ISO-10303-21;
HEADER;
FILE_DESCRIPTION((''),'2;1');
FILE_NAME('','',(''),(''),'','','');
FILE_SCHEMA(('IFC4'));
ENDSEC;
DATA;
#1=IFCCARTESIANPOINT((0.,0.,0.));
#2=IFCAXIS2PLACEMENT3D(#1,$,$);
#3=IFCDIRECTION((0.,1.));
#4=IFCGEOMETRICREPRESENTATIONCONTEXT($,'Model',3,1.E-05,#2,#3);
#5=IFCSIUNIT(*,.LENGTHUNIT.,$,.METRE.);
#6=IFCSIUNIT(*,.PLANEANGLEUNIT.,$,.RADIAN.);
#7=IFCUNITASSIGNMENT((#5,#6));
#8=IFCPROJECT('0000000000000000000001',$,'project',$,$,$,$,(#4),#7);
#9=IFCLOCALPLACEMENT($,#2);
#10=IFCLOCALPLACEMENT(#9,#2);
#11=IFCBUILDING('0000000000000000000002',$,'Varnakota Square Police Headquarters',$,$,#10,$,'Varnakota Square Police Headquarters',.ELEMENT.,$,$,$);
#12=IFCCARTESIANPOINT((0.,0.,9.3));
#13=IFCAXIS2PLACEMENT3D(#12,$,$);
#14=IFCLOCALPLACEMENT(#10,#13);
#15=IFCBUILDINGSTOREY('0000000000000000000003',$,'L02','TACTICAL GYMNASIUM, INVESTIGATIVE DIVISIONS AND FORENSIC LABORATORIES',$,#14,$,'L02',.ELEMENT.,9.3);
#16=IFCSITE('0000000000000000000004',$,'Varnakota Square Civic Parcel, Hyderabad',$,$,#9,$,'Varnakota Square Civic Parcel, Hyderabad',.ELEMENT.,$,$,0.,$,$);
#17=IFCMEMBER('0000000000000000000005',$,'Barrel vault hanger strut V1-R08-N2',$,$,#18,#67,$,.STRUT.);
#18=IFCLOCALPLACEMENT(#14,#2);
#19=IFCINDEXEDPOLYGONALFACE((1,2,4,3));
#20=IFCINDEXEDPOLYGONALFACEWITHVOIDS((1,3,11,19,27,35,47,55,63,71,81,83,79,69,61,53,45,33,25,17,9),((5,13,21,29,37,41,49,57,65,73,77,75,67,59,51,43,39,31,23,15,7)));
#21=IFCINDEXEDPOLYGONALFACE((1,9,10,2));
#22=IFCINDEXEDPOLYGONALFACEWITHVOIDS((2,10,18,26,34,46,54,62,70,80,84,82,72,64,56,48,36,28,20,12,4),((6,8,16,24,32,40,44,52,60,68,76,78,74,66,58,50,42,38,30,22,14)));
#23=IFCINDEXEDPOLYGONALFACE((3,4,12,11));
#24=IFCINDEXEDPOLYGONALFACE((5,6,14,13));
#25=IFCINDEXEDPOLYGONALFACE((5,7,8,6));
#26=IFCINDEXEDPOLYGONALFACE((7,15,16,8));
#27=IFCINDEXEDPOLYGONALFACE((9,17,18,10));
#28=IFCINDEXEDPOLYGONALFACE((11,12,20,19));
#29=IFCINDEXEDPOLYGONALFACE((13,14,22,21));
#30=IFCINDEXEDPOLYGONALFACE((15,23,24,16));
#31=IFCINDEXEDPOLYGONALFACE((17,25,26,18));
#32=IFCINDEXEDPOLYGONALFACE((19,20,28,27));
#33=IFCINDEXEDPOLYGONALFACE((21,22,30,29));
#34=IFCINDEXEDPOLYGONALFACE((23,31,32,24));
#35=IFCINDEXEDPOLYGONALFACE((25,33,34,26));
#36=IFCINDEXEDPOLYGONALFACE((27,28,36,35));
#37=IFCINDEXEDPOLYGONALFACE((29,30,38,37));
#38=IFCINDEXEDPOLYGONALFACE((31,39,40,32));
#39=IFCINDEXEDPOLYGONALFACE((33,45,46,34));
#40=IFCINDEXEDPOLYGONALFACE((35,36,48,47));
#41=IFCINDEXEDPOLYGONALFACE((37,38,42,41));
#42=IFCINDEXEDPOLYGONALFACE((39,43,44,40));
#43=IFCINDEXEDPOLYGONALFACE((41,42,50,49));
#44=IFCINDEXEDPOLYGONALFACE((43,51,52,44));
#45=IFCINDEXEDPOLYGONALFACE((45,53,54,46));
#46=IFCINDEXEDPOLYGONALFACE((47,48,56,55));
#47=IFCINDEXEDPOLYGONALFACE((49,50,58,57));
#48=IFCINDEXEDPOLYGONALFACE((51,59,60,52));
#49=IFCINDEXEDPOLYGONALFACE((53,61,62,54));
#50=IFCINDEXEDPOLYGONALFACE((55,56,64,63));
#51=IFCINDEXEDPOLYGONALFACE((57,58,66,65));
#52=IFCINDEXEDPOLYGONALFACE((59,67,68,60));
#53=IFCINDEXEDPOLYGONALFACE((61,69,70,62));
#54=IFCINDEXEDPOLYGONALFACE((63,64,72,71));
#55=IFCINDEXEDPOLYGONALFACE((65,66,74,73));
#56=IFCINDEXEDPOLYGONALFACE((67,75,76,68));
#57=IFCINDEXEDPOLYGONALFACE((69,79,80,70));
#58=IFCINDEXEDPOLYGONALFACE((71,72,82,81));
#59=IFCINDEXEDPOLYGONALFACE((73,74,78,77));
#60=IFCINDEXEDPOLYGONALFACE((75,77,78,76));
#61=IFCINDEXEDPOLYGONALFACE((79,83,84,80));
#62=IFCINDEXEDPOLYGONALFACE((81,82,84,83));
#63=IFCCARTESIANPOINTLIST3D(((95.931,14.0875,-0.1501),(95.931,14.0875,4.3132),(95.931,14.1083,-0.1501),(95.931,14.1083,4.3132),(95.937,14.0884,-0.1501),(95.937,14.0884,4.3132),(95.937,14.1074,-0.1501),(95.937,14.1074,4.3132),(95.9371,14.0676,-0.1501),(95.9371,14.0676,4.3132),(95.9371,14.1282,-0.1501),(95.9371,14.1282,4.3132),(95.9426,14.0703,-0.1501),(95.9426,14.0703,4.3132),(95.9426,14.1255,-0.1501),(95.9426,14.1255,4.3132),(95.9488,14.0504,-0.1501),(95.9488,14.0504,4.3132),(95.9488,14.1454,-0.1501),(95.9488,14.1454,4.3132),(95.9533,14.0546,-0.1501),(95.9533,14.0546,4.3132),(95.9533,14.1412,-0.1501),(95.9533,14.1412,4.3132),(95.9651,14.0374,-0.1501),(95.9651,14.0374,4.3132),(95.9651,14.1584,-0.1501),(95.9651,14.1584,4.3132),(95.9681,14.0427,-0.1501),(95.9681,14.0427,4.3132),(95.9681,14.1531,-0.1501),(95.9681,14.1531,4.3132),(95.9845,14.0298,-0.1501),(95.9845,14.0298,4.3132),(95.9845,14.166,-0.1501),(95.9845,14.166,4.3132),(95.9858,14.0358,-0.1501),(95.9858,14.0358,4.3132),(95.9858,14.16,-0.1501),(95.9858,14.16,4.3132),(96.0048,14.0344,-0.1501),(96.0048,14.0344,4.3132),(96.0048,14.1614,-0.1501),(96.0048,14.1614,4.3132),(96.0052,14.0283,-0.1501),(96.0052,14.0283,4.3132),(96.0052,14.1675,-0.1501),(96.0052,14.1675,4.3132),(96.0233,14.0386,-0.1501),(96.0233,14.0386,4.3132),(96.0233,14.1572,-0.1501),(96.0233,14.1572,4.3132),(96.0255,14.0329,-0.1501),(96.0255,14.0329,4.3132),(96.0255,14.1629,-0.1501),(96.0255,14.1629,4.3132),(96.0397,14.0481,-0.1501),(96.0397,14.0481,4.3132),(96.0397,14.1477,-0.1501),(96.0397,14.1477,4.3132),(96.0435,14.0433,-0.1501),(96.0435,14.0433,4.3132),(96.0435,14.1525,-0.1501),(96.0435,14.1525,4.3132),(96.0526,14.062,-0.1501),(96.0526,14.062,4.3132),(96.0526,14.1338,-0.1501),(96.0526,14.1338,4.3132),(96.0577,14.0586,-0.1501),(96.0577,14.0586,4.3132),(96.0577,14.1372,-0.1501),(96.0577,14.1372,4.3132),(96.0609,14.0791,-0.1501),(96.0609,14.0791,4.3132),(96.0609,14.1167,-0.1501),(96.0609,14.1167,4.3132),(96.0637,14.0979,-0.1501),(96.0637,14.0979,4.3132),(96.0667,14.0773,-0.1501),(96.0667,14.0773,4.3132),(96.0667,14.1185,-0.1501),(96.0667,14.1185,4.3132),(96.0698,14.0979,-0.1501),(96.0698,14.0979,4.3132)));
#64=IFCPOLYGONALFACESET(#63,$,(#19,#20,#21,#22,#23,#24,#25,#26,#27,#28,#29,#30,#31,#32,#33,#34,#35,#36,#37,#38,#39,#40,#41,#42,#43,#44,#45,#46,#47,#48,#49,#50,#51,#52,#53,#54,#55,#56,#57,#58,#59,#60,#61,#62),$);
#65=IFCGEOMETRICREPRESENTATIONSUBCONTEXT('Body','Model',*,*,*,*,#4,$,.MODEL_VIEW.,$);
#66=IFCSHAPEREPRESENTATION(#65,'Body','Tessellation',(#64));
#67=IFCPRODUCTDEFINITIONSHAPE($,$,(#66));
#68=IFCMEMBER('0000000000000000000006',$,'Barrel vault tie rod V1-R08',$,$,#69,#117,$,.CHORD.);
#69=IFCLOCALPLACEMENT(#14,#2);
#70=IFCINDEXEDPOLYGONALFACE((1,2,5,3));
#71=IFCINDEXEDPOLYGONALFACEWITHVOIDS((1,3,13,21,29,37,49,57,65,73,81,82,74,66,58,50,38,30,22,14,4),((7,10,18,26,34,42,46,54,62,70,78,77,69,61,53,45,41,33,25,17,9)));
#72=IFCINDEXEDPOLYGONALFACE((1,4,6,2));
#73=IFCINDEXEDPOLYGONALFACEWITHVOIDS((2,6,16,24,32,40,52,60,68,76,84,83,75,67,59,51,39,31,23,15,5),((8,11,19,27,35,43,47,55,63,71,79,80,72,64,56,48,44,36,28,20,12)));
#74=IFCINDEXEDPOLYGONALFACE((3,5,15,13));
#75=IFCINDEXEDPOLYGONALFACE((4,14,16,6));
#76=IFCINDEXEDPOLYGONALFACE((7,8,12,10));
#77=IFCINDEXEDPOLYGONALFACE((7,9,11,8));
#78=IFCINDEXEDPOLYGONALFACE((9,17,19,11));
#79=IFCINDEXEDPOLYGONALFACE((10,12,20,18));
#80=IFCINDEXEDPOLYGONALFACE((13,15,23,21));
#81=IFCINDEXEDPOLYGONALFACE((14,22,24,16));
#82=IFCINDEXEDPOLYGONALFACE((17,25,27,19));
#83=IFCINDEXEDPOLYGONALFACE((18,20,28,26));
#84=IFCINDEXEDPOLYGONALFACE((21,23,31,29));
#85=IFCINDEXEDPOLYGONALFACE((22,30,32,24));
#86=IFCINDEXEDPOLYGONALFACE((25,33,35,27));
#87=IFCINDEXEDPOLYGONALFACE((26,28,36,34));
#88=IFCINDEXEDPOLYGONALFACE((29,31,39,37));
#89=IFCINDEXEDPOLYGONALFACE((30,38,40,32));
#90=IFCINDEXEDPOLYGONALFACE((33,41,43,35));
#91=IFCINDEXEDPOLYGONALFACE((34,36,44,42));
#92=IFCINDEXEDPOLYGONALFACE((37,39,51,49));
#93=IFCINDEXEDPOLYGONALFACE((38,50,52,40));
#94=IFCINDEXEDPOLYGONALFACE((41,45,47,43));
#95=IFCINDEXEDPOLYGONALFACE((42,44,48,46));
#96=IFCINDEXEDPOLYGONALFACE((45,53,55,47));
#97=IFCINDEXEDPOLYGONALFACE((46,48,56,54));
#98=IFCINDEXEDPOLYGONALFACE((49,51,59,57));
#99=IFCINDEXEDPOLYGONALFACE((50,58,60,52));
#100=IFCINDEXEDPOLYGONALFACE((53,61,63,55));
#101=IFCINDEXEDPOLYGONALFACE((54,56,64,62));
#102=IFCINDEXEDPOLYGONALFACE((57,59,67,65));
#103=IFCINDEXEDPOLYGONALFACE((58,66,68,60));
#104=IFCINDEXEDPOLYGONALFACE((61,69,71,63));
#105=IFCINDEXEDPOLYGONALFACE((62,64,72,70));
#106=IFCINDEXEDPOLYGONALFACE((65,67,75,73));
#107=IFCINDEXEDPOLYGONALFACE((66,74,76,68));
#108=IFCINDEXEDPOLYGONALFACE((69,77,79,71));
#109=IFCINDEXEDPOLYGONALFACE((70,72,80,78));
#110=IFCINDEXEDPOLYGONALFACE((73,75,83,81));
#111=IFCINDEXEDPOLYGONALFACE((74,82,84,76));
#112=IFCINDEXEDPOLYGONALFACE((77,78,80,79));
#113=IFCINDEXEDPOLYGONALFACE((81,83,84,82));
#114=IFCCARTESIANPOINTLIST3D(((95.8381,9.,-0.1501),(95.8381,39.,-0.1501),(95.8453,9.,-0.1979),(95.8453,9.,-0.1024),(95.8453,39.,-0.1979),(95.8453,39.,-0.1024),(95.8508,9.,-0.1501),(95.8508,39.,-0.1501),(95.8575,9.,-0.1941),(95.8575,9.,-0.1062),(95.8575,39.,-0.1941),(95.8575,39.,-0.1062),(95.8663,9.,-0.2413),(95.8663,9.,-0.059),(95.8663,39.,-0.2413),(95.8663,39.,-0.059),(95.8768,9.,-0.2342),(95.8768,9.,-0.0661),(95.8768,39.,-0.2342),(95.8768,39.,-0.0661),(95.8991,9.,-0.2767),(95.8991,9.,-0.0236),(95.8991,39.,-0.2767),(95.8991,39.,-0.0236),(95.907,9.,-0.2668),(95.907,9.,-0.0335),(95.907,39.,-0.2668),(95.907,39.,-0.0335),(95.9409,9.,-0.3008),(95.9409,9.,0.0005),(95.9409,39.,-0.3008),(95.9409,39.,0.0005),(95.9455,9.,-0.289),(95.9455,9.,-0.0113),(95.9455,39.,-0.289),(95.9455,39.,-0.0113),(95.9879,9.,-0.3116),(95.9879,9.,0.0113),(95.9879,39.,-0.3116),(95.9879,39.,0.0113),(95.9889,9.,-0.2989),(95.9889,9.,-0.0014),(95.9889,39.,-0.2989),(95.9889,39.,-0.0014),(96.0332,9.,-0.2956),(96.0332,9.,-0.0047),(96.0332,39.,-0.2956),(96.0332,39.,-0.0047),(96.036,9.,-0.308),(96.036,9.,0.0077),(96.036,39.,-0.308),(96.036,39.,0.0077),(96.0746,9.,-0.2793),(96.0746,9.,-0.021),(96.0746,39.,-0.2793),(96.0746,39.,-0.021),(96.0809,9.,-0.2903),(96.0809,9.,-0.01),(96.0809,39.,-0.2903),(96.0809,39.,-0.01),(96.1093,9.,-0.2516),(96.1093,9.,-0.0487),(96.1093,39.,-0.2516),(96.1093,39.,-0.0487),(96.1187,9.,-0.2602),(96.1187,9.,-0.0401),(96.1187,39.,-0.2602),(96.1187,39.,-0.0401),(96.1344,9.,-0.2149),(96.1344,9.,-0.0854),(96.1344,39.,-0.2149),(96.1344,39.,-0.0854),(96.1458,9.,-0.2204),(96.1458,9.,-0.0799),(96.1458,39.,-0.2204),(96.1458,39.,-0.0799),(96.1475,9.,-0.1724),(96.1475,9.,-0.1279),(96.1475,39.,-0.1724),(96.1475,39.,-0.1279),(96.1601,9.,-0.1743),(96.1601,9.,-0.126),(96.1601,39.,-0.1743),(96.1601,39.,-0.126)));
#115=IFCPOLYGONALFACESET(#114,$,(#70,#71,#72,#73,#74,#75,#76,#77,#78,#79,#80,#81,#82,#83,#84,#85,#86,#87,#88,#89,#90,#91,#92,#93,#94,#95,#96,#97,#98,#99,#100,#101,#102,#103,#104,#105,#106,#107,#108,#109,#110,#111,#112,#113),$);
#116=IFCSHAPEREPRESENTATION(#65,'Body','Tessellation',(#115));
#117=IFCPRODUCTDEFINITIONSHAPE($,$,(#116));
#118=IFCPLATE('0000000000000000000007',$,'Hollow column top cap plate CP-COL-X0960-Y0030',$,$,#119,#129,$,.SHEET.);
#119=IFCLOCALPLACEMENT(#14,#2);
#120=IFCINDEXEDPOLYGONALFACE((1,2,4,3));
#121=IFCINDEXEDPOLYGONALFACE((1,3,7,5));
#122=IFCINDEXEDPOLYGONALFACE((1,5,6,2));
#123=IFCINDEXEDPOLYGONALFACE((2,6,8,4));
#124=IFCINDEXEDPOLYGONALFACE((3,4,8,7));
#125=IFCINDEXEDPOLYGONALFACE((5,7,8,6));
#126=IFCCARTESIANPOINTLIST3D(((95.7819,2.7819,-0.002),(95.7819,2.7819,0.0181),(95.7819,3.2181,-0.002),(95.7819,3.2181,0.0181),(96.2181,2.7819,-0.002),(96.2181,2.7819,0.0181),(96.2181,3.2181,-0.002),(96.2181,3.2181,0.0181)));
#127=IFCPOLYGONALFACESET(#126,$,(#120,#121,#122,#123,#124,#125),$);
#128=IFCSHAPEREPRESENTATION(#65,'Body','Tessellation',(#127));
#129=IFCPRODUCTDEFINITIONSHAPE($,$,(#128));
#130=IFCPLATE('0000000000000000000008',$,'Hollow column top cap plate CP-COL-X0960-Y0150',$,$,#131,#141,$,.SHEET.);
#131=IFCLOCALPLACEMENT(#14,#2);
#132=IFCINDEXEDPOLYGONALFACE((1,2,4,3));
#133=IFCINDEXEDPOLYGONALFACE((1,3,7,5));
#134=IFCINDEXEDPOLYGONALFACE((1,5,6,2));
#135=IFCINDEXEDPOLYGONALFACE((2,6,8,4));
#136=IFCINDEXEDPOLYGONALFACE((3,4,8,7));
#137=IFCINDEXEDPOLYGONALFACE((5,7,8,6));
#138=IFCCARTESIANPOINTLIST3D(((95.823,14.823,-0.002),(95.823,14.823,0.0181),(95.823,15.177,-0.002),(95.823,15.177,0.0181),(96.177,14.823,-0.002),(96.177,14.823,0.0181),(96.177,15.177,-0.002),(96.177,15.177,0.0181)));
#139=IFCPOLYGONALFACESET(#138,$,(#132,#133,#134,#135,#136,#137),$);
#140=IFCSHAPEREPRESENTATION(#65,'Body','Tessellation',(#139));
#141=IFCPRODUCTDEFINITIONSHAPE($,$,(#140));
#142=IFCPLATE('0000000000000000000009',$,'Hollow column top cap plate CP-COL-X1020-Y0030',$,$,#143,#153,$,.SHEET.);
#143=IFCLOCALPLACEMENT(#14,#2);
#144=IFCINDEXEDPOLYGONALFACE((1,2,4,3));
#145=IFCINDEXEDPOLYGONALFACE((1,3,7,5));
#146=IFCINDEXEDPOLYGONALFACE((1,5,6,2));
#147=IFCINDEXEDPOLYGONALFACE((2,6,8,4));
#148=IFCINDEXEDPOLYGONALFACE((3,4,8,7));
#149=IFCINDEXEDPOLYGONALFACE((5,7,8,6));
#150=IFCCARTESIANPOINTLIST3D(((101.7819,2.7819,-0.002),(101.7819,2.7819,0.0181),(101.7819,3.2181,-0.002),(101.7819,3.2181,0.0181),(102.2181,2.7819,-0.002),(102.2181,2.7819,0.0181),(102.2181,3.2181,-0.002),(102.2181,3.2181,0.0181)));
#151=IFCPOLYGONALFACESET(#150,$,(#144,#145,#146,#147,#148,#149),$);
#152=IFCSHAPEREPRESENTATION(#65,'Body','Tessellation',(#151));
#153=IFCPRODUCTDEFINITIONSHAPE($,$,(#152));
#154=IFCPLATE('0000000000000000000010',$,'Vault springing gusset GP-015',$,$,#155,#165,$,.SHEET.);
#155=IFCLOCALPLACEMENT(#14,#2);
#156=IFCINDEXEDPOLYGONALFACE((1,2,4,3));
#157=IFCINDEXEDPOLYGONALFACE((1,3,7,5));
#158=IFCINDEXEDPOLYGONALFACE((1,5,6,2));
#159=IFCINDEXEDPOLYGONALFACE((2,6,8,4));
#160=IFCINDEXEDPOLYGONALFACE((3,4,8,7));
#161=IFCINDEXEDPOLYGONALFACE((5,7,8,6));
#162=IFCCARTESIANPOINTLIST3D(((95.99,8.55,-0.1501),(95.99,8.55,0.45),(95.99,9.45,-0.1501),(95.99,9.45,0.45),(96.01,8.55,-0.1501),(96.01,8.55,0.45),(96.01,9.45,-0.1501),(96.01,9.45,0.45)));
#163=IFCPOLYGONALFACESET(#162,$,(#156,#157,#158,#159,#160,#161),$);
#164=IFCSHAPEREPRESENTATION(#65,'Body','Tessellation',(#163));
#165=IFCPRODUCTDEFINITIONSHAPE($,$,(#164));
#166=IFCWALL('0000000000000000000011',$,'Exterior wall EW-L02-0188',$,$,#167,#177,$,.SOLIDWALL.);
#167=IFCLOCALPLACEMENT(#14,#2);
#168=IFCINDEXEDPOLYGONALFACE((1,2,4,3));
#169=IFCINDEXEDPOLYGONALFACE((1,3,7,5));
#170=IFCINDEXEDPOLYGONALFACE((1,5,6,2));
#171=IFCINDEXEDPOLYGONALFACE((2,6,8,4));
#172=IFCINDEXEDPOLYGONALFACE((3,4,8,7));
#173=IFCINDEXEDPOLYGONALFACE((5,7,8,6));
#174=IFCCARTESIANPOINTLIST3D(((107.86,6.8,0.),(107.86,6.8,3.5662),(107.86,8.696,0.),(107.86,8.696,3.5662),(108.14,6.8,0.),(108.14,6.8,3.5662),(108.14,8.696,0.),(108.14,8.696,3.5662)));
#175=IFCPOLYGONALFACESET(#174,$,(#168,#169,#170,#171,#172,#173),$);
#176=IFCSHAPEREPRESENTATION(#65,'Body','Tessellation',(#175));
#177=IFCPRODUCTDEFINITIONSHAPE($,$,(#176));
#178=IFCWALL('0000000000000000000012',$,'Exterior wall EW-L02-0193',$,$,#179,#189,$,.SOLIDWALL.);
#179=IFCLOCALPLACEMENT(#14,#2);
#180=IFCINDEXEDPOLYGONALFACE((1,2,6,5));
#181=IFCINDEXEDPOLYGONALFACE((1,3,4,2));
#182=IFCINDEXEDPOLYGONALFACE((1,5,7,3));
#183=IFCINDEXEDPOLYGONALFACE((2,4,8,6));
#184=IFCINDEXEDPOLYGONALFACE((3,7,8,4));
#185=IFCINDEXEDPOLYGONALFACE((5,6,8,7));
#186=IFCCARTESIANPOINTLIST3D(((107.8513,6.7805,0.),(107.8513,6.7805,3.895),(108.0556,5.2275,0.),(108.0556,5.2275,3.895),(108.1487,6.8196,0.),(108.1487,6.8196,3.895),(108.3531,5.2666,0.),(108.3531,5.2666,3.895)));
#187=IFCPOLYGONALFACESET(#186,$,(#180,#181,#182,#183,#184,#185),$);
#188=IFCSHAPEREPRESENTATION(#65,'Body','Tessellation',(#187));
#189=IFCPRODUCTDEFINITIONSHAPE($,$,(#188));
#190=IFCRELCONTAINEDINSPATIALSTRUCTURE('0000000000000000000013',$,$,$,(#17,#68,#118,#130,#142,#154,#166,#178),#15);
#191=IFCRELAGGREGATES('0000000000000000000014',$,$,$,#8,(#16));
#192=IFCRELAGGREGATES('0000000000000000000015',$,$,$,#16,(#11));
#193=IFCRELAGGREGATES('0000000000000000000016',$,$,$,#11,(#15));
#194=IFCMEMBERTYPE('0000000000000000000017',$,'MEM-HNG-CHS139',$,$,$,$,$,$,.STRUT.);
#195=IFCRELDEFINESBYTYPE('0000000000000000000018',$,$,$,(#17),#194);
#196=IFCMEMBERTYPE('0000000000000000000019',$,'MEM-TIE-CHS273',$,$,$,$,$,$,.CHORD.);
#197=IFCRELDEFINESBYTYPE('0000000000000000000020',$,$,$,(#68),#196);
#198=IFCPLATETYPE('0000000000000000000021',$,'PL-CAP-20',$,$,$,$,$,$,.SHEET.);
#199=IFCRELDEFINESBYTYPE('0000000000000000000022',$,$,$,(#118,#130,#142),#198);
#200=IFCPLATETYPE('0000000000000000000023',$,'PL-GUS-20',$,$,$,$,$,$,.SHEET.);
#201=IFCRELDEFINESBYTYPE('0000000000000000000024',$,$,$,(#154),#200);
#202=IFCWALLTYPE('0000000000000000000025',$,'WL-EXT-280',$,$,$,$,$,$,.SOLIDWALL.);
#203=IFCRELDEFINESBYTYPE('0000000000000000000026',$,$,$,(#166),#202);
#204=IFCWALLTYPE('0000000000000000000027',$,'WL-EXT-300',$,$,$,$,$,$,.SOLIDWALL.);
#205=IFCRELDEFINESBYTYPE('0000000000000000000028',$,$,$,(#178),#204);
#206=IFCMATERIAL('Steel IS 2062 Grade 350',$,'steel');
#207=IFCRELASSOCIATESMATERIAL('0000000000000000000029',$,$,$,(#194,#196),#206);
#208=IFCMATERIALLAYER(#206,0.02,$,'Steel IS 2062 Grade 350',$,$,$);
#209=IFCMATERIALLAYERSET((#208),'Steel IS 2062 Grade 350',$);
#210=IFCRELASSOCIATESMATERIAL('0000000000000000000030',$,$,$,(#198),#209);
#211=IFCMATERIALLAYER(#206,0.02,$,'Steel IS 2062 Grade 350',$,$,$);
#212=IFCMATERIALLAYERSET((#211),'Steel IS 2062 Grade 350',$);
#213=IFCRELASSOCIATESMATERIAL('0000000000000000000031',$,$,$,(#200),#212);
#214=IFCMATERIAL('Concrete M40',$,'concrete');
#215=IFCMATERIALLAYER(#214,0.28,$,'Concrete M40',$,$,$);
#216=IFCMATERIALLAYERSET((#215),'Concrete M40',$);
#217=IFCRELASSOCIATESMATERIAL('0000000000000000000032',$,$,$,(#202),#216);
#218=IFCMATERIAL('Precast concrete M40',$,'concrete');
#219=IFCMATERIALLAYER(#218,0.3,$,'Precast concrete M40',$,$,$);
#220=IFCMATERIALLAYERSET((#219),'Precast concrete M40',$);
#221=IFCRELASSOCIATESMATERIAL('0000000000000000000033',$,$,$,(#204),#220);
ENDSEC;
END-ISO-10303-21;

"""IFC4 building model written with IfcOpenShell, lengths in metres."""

from ifc_helpers import new_model, si_unit, direction, frame, frame_2d, origin, origin_2d, place, context, subcontext, project, spatial, rectangle, hollow_circle, extrude, material, layer, layer_set, material_profile, profile_set, type_object, element, save


model = new_model("IFC4")

# Units and contexts
model_context = context("Model", 3, precision=1e-05, world=origin(), true_north=direction((0.0, 1.0)))
body_context = subcontext(model_context, "Body", "Model", "MODEL_VIEW")
ifc_project = project(units=[si_unit("LENGTHUNIT", "METRE"), si_unit("PLANEANGLEUNIT", "RADIAN")], contexts=[model_context])

# Site, building, storey
site_placement = place(None, origin())
site = spatial("IfcSite", under=ifc_project, at=site_placement, Name="Varnakota Square Civic Parcel, Hyderabad", LongName="Varnakota Square Civic Parcel, Hyderabad", CompositionType="ELEMENT", RefElevation=0.0)
building_placement = place(site_placement, origin())
building = spatial("IfcBuilding", under=site, at=building_placement, Name="Varnakota Square Police Headquarters", LongName="Varnakota Square Police Headquarters", CompositionType="ELEMENT")
storey_placement = place(building_placement, frame((0.0, 0.0, 9.3)))
storey = spatial("IfcBuildingStorey", under=building, at=storey_placement, Name="L02", Description="TACTICAL GYMNASIUM, INVESTIGATIVE DIVISIONS AND FORENSIC LABORATORIES", LongName="L02", CompositionType="ELEMENT", Elevation=9.3)

# Shared definitions
ifc_material_1 = material(Name="Steel IS 2062 Grade 350", Category="steel")

# Members
ifc_material_profile_1 = material_profile(ifc_material_1, hollow_circle(Radius=0.0698, WallThickness=0.0061, at=origin_2d()), Name="CHS 139.7x6.0")
ifc_profile_set_1 = profile_set([ifc_material_profile_1], Name="Steel IS 2062 Grade 350")
member_type_1 = type_object("IfcMemberType", Name="MEM-HNG-CHS139", PredefinedType="STRUT", material=ifc_profile_set_1)
member_1_placement = place(storey_placement, frame((96.0, 14.0979, -0.1501), z_axis=(0.0, 0.0, 1.0), x_axis=(1.0, 0.0, 0.0)))
element("IfcMember", 1, at=member_1_placement, inside=storey, type_object=member_type_1, Name="Barrel vault hanger strut V1-R08-N2", PredefinedType="STRUT", context=body_context, shape_type="SweptSolid", body=[
    extrude(hollow_circle(Radius=0.0698, WallThickness=0.0061, at=origin_2d()), origin(), (0.0, 0.0, 1.0), 4.4634),
])
ifc_material_profile_2 = material_profile(ifc_material_1, hollow_circle(Radius=0.1619, WallThickness=0.0127, at=origin_2d()), Name="CHS 323.9x12.7")
ifc_profile_set_2 = profile_set([ifc_material_profile_2], Name="Steel IS 2062 Grade 350")
member_type_2 = type_object("IfcMemberType", Name="MEM-TIE-CHS273", PredefinedType="CHORD", material=ifc_profile_set_2)
member_2_placement = place(storey_placement, frame((96.0, 9.0, -0.1501), z_axis=(0.0, 1.0, 0.0), x_axis=(-1.0, 0.0, 0.0)))
element("IfcMember", 2, at=member_2_placement, inside=storey, type_object=member_type_2, Name="Barrel vault tie rod V1-R08", PredefinedType="CHORD", context=body_context, shape_type="SweptSolid", body=[
    extrude(hollow_circle(Radius=0.1619, WallThickness=0.0127, at=origin_2d()), origin(), (0.0, 0.0, 1.0), 30.0),
])

# Plates
ifc_layer_1 = layer(ifc_material_1, 0.02, Name="Steel IS 2062 Grade 350")
ifc_layer_set_1 = layer_set([ifc_layer_1], Name="Steel IS 2062 Grade 350")
plate_type_1 = type_object("IfcPlateType", Name="PL-CAP-20", PredefinedType="SHEET", material=ifc_layer_set_1)
plate_1_placement = place(storey_placement, frame((96.0, 3.0, -0.002), z_axis=(0.0, 0.0, 1.0), x_axis=(1.0, 0.0, 0.0)))
element("IfcPlate", 3, at=plate_1_placement, inside=storey, type_object=plate_type_1, Name="Hollow column top cap plate CP-COL-X0960-Y0030", PredefinedType="SHEET", context=body_context, shape_type="SweptSolid", body=[
    extrude(rectangle(XDim=0.4363, YDim=0.4363, at=origin_2d()), origin(), (0.0, 0.0, 1.0), 0.02),
])
plate_2_placement = place(storey_placement, frame((96.0, 15.0, -0.002), z_axis=(0.0, 0.0, 1.0), x_axis=(1.0, 0.0, 0.0)))
element("IfcPlate", 4, at=plate_2_placement, inside=storey, type_object=plate_type_1, Name="Hollow column top cap plate CP-COL-X0960-Y0150", PredefinedType="SHEET", context=body_context, shape_type="SweptSolid", body=[
    extrude(rectangle(XDim=0.354, YDim=0.354, at=origin_2d()), origin(), (0.0, 0.0, 1.0), 0.02),
])
plate_3_placement = place(storey_placement, frame((102.0, 3.0, -0.002), z_axis=(0.0, 0.0, 1.0), x_axis=(1.0, 0.0, 0.0)))
element("IfcPlate", 5, at=plate_3_placement, inside=storey, type_object=plate_type_1, Name="Hollow column top cap plate CP-COL-X1020-Y0030", PredefinedType="SHEET", context=body_context, shape_type="SweptSolid", body=[
    extrude(rectangle(XDim=0.4363, YDim=0.4363, at=origin_2d()), origin(), (0.0, 0.0, 1.0), 0.02),
])
ifc_layer_2 = layer(ifc_material_1, 0.02, Name="Steel IS 2062 Grade 350")
ifc_layer_set_2 = layer_set([ifc_layer_2], Name="Steel IS 2062 Grade 350")
plate_type_2 = type_object("IfcPlateType", Name="PL-GUS-20", PredefinedType="SHEET", material=ifc_layer_set_2)
plate_4_placement = place(storey_placement, frame((96.0, 9.0, -0.1501), z_axis=(0.0, 0.0, 1.0), x_axis=(1.0, 0.0, 0.0)))
element("IfcPlate", 6, at=plate_4_placement, inside=storey, type_object=plate_type_2, Name="Vault springing gusset GP-015", PredefinedType="SHEET", context=body_context, shape_type="SweptSolid", body=[
    extrude(rectangle(XDim=0.02, YDim=0.8999, at=origin_2d()), origin(), (0.0, 0.0, 1.0), 0.6001),
])

# Walls
ifc_material_2 = material(Name="Concrete M40", Category="concrete")
ifc_layer_3 = layer(ifc_material_2, 0.28, Name="Concrete M40")
ifc_layer_set_3 = layer_set([ifc_layer_3], Name="Concrete M40")
wall_type_1 = type_object("IfcWallType", Name="WL-EXT-280", PredefinedType="SOLIDWALL", material=ifc_layer_set_3)
wall_1_placement = place(storey_placement, frame((108.0, 6.8, 0.0), z_axis=(0.0, 0.0, 1.0), x_axis=(0.0, 1.0, 0.0)))
element("IfcWall", 7, at=wall_1_placement, inside=storey, type_object=wall_type_1, Name="Exterior wall EW-L02-0188", PredefinedType="SOLIDWALL", context=body_context, shape_type="SweptSolid", body=[
    extrude(rectangle(XDim=1.896, YDim=0.28, at=frame_2d((0.948, 0.0))), origin(), (0.0, 0.0, 1.0), 3.5662),
])
ifc_material_3 = material(Name="Precast concrete M40", Category="concrete")
ifc_layer_4 = layer(ifc_material_3, 0.3, Name="Precast concrete M40")
ifc_layer_set_4 = layer_set([ifc_layer_4], Name="Precast concrete M40")
wall_type_2 = type_object("IfcWallType", Name="WL-EXT-300", PredefinedType="SOLIDWALL", material=ifc_layer_set_4)
wall_2_placement = place(storey_placement, frame((108.0, 6.8, 0.0), z_axis=(0.0, 0.0, 1.0), x_axis=(0.130459, -0.991454, 0.0)))
element("IfcWall", 8, at=wall_2_placement, inside=storey, type_object=wall_type_2, Name="Exterior wall EW-L02-0193", PredefinedType="SOLIDWALL", context=body_context, shape_type="SweptSolid", body=[
    extrude(rectangle(XDim=1.5664, YDim=0.3, at=frame_2d((0.7832, 0.0))), origin(), (0.0, 0.0, 1.0), 3.895),
])

save(model, "model.ifc")
